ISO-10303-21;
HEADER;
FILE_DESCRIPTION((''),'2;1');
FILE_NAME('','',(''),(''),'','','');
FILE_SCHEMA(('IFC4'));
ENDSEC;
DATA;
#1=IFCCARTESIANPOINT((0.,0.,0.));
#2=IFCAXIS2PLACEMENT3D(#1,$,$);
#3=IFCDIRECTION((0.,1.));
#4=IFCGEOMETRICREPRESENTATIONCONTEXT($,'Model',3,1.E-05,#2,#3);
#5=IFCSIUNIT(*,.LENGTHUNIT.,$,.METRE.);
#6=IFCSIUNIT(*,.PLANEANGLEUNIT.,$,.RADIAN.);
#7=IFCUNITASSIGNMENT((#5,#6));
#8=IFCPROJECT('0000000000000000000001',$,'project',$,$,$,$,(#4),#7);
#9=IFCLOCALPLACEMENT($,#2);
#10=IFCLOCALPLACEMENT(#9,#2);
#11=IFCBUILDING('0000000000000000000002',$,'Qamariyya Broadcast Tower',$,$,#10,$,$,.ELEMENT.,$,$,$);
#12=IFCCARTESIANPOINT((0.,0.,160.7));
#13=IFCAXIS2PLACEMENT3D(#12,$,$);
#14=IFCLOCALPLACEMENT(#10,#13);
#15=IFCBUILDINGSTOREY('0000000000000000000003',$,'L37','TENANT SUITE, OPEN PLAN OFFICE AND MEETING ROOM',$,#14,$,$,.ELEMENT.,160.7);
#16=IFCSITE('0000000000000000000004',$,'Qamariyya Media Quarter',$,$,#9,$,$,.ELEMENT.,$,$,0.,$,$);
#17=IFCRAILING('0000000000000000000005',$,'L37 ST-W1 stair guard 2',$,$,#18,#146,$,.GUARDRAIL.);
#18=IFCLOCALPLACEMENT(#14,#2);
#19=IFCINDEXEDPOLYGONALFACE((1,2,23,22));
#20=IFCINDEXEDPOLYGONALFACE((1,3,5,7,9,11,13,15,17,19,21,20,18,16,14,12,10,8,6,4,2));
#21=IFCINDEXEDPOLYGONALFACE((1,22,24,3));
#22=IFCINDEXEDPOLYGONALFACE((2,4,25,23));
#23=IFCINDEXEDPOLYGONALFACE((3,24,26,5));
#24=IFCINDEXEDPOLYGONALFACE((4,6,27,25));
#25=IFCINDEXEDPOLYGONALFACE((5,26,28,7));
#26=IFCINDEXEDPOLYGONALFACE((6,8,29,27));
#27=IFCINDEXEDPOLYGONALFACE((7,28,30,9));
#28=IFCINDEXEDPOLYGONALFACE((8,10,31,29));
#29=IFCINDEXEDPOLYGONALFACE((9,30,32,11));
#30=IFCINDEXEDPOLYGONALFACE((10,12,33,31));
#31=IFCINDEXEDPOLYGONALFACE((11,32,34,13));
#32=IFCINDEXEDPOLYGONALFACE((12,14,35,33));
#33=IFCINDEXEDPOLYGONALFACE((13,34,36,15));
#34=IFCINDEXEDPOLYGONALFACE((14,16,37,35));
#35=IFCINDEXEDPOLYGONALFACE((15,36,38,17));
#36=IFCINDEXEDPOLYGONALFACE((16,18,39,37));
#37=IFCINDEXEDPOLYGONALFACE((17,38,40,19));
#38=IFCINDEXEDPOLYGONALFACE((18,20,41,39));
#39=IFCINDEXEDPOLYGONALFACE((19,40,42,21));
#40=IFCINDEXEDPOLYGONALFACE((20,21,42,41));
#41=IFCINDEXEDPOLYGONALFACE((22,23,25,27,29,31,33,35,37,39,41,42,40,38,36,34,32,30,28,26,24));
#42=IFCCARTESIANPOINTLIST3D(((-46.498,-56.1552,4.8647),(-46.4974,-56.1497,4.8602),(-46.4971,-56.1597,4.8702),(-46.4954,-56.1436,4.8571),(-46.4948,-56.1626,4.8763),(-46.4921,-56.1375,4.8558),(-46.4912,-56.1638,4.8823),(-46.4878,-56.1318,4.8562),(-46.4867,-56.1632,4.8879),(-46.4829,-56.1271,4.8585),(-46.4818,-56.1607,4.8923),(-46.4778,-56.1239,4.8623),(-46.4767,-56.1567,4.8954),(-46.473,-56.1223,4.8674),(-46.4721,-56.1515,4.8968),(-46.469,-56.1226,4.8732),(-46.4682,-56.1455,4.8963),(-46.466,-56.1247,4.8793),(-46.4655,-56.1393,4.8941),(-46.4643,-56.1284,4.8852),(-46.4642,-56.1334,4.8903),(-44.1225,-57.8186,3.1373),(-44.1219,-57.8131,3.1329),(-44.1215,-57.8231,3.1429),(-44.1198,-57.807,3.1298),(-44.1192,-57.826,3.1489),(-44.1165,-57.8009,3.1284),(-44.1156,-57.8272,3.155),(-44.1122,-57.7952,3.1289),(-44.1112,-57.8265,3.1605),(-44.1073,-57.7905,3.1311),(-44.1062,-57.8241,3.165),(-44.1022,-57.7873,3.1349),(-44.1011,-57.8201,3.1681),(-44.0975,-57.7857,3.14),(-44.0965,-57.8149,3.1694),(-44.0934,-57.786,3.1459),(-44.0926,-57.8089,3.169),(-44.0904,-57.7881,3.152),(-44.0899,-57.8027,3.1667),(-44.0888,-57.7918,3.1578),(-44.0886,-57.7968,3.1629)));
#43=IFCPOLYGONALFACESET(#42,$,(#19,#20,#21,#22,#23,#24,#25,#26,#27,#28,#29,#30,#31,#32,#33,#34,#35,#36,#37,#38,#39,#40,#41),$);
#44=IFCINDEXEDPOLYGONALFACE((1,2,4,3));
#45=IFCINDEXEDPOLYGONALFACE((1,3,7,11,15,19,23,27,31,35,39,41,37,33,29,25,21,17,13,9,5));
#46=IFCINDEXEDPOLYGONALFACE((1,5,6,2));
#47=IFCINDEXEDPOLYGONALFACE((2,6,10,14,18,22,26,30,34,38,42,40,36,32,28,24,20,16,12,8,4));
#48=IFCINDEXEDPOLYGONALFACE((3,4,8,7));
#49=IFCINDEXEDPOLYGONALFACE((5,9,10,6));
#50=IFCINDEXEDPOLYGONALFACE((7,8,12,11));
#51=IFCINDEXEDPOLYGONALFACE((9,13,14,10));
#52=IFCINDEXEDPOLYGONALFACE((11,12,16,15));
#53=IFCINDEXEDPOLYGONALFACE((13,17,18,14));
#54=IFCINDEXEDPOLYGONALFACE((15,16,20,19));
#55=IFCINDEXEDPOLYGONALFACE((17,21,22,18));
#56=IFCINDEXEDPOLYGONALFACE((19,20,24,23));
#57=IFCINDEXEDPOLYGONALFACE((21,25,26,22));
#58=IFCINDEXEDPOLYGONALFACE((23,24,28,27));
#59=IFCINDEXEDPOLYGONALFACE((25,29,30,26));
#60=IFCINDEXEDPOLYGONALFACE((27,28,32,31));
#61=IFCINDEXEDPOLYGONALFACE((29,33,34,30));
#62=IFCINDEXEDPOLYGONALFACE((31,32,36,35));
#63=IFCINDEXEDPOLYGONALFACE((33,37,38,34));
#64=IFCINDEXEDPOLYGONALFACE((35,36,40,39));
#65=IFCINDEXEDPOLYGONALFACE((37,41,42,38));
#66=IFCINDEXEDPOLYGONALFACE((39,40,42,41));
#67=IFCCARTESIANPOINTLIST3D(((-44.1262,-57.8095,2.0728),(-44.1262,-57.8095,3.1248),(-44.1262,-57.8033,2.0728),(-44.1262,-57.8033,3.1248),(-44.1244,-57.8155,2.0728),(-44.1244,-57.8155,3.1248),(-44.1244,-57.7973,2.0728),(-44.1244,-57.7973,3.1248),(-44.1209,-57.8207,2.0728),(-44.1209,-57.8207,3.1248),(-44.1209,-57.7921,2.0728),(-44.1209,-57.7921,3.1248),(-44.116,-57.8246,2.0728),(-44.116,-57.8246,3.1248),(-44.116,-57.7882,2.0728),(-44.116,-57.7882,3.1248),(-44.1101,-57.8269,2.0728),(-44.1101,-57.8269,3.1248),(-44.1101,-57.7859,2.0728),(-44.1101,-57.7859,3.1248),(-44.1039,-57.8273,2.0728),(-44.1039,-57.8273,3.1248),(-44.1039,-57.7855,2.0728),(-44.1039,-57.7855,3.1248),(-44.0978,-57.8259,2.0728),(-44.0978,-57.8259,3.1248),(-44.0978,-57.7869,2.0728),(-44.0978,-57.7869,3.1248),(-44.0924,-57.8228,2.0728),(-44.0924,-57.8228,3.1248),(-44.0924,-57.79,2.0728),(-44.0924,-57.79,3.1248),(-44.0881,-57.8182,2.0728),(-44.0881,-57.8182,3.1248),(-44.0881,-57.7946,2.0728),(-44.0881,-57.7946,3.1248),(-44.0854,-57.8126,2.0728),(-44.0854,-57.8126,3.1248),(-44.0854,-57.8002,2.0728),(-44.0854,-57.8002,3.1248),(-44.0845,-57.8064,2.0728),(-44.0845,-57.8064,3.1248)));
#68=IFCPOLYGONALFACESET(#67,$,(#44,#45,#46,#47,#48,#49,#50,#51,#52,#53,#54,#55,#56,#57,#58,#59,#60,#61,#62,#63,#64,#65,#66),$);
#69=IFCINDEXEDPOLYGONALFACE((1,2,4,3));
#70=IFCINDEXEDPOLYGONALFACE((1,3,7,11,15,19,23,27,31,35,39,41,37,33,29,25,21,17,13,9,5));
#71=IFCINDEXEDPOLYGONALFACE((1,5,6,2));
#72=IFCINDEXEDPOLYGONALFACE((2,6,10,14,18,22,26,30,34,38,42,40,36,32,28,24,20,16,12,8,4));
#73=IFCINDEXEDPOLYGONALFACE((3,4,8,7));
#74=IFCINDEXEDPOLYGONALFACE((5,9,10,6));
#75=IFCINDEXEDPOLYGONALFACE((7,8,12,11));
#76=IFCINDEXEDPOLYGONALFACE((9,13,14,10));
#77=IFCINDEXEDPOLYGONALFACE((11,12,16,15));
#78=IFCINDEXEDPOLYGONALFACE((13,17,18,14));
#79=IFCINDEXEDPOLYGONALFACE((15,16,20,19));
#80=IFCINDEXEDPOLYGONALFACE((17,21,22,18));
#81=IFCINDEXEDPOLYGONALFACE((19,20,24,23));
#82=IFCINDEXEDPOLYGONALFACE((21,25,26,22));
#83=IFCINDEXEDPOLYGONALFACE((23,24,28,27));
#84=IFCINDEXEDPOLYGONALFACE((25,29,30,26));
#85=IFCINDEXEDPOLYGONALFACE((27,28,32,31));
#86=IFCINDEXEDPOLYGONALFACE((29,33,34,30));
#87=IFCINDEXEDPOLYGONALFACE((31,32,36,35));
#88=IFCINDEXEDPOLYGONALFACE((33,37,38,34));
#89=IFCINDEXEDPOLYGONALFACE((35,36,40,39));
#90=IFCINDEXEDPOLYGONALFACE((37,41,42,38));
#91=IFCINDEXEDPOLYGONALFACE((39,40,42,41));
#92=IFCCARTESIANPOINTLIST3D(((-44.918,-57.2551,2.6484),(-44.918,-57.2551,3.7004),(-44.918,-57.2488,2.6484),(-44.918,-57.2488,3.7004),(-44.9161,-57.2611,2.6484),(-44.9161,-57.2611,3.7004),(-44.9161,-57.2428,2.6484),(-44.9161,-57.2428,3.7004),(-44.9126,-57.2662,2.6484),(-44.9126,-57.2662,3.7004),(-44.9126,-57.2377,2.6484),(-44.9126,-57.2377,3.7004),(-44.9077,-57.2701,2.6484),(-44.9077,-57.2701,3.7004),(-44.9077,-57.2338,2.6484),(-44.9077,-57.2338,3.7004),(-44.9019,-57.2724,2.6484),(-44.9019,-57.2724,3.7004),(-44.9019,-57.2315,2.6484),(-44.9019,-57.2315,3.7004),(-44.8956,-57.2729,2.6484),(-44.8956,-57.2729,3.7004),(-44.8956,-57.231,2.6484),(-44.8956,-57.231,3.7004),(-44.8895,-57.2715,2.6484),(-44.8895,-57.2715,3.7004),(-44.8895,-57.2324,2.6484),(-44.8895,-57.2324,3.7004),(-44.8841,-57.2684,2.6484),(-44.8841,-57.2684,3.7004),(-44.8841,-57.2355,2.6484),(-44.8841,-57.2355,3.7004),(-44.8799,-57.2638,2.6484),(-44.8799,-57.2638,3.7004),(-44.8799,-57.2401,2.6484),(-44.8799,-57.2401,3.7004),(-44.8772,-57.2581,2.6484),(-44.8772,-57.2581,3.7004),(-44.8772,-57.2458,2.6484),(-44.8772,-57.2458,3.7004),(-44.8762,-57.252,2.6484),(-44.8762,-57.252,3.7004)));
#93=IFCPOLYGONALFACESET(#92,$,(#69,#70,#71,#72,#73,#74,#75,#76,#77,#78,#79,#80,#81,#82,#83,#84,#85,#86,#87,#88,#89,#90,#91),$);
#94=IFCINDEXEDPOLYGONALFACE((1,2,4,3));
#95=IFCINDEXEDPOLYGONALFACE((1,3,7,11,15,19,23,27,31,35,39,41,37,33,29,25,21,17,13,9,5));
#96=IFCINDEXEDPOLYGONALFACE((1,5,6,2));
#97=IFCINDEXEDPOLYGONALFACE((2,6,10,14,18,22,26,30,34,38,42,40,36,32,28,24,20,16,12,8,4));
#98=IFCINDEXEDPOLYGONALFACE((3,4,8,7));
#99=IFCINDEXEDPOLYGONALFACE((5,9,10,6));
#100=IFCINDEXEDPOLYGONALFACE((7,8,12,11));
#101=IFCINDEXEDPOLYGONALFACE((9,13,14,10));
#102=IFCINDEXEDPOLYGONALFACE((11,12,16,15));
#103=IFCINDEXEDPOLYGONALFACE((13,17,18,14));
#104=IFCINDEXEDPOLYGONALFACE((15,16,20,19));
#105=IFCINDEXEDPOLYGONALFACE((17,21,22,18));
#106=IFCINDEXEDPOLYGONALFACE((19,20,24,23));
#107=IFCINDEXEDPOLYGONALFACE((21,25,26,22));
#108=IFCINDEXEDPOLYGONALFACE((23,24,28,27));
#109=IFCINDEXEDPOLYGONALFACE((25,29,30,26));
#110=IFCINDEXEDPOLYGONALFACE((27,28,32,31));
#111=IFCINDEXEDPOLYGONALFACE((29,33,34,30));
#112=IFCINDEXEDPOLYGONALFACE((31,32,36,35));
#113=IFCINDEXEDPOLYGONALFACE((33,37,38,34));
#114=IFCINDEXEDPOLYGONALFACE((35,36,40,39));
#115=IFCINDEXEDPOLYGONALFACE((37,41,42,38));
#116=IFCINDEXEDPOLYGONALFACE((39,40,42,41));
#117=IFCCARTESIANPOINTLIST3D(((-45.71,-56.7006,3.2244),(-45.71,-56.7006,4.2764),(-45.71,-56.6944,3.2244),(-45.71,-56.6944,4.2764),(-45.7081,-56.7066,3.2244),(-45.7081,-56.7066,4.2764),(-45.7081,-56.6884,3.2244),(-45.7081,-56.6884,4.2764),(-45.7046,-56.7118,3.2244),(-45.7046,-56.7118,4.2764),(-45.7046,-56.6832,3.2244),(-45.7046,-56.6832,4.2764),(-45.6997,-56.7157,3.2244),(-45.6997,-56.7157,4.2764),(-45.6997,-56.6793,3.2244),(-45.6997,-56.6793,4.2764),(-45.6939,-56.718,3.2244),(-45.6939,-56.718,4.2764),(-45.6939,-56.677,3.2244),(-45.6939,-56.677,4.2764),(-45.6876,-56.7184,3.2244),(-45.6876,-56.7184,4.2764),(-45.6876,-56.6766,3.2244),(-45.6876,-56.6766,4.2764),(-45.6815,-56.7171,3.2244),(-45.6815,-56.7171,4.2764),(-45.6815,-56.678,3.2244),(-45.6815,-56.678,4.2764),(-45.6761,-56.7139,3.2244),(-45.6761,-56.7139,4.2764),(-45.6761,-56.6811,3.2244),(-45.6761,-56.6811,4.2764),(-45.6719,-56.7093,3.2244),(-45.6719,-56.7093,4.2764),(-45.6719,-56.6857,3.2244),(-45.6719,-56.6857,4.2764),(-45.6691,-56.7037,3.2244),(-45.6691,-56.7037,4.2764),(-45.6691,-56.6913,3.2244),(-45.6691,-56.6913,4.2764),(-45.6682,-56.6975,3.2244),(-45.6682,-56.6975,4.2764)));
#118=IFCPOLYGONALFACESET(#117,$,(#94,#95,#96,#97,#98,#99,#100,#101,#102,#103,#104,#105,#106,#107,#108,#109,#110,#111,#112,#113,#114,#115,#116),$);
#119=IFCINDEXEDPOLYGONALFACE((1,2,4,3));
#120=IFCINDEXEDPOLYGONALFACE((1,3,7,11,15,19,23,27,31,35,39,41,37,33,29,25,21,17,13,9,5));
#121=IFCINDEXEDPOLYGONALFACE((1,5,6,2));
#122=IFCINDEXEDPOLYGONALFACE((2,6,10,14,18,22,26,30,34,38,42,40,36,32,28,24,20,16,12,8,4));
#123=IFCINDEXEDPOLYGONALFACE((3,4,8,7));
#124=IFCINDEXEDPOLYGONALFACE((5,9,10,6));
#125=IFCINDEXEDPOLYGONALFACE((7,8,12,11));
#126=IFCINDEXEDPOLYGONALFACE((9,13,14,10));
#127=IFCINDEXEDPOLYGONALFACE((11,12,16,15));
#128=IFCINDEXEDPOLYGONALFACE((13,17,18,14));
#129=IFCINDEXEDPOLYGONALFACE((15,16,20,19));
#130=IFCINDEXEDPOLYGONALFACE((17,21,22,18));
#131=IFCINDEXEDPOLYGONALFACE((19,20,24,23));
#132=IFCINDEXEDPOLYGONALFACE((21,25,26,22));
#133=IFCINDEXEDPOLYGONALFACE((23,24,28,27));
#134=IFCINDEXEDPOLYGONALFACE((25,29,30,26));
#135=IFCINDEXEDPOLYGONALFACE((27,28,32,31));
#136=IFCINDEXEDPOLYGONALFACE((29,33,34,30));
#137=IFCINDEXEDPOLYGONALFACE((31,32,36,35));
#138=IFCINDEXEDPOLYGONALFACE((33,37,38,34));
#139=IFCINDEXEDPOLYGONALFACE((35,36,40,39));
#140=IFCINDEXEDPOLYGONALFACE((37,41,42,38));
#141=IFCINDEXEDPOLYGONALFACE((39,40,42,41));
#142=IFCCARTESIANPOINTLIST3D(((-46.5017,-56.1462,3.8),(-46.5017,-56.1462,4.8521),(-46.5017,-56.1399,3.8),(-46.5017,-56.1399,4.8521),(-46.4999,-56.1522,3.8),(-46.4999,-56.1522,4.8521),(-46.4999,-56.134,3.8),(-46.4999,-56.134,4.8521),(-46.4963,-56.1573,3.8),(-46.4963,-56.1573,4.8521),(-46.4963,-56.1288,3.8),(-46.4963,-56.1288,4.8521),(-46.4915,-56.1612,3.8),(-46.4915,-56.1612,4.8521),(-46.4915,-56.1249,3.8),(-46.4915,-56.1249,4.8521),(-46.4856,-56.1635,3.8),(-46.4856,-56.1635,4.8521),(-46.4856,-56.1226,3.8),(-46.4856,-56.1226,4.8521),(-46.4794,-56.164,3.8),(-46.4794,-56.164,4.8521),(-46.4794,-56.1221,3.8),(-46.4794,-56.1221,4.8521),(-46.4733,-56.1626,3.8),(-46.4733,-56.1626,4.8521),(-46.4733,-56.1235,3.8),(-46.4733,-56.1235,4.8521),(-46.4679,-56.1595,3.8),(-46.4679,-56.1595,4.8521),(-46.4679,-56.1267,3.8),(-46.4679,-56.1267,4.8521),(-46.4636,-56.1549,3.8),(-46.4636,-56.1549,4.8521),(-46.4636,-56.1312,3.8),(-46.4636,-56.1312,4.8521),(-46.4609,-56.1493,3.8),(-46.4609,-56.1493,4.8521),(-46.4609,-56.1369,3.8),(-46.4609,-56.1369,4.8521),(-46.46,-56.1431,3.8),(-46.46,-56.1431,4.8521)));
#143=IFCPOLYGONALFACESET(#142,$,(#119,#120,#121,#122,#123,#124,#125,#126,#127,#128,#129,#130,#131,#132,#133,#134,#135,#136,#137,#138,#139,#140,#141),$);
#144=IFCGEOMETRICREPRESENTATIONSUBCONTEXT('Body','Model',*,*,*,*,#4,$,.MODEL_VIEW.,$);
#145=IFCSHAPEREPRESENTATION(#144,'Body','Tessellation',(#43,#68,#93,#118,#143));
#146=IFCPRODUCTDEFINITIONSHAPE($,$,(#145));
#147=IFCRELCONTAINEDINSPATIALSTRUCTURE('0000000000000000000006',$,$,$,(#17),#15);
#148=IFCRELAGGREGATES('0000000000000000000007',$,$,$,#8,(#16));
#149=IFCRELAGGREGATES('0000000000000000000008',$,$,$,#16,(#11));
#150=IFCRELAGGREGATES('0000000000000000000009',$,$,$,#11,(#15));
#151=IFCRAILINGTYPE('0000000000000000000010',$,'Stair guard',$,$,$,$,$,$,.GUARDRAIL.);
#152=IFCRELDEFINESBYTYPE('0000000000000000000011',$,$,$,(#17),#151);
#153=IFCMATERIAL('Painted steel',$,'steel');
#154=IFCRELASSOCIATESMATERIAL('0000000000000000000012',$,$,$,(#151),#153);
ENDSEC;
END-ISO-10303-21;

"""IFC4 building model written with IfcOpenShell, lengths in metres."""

from ifc_helpers import new_model, si_unit, direction, frame, origin, origin_2d, place, context, subcontext, project, spatial, circle, extrude, material, type_object, element, save


model = new_model("IFC4")

# Units and contexts
model_context = context("Model", 3, precision=1e-05, world=origin(), true_north=direction((0.0, 1.0)))
body_context = subcontext(model_context, "Body", "Model", "MODEL_VIEW")
ifc_project = project(units=[si_unit("LENGTHUNIT", "METRE"), si_unit("PLANEANGLEUNIT", "RADIAN")], contexts=[model_context])

# Site, building, storey
site_placement = place(None, origin())
site = spatial("IfcSite", under=ifc_project, at=site_placement, Name="Qamariyya Media Quarter", CompositionType="ELEMENT", RefElevation=0.0)
building_placement = place(site_placement, origin())
building = spatial("IfcBuilding", under=site, at=building_placement, Name="Qamariyya Broadcast Tower", CompositionType="ELEMENT")
storey_placement = place(building_placement, frame((0.0, 0.0, 160.7)))
storey = spatial("IfcBuildingStorey", under=building, at=storey_placement, Name="L37", Description="TENANT SUITE, OPEN PLAN OFFICE AND MEETING ROOM", CompositionType="ELEMENT", Elevation=160.7)

# Railing
ifc_material_1 = material(Name="Painted steel", Category="steel")
railing_type_1 = type_object("IfcRailingType", Name="Stair guard", PredefinedType="GUARDRAIL", material=ifc_material_1)
railing_1_placement = place(storey_placement, frame((-44.1055, -57.8064, 2.0728)))
element("IfcRailing", 1, at=railing_1_placement, inside=storey, type_object=railing_type_1, Name="L37 ST-W1 stair guard 2", PredefinedType="GUARDRAIL", context=body_context, shape_type="SweptSolid", body=[
    extrude(circle(Radius=0.0239, at=origin_2d()), frame((0.0, 0.0, 1.0762), z_axis=(-0.70377, 0.492784, 0.511734), x_axis=(-0.573575, -0.819153, 0.0)), (0.0, 0.0, 1.0), 3.3755),
    extrude(circle(Radius=0.021, at=origin_2d()), origin(), (0.0, 0.0, 1.0), 1.052),
    extrude(circle(Radius=0.021, at=origin_2d()), frame((-0.7917, 0.5544, 0.5757)), (0.0, 0.0, 1.0), 1.052),
    extrude(circle(Radius=0.021, at=origin_2d()), frame((-1.5837, 1.1089, 1.1516)), (0.0, 0.0, 1.0), 1.052),
    extrude(circle(Radius=0.021, at=origin_2d()), frame((-2.3755, 1.6633, 1.7273)), (0.0, 0.0, 1.0), 1.052),
])

save(model, "model.ifc")
